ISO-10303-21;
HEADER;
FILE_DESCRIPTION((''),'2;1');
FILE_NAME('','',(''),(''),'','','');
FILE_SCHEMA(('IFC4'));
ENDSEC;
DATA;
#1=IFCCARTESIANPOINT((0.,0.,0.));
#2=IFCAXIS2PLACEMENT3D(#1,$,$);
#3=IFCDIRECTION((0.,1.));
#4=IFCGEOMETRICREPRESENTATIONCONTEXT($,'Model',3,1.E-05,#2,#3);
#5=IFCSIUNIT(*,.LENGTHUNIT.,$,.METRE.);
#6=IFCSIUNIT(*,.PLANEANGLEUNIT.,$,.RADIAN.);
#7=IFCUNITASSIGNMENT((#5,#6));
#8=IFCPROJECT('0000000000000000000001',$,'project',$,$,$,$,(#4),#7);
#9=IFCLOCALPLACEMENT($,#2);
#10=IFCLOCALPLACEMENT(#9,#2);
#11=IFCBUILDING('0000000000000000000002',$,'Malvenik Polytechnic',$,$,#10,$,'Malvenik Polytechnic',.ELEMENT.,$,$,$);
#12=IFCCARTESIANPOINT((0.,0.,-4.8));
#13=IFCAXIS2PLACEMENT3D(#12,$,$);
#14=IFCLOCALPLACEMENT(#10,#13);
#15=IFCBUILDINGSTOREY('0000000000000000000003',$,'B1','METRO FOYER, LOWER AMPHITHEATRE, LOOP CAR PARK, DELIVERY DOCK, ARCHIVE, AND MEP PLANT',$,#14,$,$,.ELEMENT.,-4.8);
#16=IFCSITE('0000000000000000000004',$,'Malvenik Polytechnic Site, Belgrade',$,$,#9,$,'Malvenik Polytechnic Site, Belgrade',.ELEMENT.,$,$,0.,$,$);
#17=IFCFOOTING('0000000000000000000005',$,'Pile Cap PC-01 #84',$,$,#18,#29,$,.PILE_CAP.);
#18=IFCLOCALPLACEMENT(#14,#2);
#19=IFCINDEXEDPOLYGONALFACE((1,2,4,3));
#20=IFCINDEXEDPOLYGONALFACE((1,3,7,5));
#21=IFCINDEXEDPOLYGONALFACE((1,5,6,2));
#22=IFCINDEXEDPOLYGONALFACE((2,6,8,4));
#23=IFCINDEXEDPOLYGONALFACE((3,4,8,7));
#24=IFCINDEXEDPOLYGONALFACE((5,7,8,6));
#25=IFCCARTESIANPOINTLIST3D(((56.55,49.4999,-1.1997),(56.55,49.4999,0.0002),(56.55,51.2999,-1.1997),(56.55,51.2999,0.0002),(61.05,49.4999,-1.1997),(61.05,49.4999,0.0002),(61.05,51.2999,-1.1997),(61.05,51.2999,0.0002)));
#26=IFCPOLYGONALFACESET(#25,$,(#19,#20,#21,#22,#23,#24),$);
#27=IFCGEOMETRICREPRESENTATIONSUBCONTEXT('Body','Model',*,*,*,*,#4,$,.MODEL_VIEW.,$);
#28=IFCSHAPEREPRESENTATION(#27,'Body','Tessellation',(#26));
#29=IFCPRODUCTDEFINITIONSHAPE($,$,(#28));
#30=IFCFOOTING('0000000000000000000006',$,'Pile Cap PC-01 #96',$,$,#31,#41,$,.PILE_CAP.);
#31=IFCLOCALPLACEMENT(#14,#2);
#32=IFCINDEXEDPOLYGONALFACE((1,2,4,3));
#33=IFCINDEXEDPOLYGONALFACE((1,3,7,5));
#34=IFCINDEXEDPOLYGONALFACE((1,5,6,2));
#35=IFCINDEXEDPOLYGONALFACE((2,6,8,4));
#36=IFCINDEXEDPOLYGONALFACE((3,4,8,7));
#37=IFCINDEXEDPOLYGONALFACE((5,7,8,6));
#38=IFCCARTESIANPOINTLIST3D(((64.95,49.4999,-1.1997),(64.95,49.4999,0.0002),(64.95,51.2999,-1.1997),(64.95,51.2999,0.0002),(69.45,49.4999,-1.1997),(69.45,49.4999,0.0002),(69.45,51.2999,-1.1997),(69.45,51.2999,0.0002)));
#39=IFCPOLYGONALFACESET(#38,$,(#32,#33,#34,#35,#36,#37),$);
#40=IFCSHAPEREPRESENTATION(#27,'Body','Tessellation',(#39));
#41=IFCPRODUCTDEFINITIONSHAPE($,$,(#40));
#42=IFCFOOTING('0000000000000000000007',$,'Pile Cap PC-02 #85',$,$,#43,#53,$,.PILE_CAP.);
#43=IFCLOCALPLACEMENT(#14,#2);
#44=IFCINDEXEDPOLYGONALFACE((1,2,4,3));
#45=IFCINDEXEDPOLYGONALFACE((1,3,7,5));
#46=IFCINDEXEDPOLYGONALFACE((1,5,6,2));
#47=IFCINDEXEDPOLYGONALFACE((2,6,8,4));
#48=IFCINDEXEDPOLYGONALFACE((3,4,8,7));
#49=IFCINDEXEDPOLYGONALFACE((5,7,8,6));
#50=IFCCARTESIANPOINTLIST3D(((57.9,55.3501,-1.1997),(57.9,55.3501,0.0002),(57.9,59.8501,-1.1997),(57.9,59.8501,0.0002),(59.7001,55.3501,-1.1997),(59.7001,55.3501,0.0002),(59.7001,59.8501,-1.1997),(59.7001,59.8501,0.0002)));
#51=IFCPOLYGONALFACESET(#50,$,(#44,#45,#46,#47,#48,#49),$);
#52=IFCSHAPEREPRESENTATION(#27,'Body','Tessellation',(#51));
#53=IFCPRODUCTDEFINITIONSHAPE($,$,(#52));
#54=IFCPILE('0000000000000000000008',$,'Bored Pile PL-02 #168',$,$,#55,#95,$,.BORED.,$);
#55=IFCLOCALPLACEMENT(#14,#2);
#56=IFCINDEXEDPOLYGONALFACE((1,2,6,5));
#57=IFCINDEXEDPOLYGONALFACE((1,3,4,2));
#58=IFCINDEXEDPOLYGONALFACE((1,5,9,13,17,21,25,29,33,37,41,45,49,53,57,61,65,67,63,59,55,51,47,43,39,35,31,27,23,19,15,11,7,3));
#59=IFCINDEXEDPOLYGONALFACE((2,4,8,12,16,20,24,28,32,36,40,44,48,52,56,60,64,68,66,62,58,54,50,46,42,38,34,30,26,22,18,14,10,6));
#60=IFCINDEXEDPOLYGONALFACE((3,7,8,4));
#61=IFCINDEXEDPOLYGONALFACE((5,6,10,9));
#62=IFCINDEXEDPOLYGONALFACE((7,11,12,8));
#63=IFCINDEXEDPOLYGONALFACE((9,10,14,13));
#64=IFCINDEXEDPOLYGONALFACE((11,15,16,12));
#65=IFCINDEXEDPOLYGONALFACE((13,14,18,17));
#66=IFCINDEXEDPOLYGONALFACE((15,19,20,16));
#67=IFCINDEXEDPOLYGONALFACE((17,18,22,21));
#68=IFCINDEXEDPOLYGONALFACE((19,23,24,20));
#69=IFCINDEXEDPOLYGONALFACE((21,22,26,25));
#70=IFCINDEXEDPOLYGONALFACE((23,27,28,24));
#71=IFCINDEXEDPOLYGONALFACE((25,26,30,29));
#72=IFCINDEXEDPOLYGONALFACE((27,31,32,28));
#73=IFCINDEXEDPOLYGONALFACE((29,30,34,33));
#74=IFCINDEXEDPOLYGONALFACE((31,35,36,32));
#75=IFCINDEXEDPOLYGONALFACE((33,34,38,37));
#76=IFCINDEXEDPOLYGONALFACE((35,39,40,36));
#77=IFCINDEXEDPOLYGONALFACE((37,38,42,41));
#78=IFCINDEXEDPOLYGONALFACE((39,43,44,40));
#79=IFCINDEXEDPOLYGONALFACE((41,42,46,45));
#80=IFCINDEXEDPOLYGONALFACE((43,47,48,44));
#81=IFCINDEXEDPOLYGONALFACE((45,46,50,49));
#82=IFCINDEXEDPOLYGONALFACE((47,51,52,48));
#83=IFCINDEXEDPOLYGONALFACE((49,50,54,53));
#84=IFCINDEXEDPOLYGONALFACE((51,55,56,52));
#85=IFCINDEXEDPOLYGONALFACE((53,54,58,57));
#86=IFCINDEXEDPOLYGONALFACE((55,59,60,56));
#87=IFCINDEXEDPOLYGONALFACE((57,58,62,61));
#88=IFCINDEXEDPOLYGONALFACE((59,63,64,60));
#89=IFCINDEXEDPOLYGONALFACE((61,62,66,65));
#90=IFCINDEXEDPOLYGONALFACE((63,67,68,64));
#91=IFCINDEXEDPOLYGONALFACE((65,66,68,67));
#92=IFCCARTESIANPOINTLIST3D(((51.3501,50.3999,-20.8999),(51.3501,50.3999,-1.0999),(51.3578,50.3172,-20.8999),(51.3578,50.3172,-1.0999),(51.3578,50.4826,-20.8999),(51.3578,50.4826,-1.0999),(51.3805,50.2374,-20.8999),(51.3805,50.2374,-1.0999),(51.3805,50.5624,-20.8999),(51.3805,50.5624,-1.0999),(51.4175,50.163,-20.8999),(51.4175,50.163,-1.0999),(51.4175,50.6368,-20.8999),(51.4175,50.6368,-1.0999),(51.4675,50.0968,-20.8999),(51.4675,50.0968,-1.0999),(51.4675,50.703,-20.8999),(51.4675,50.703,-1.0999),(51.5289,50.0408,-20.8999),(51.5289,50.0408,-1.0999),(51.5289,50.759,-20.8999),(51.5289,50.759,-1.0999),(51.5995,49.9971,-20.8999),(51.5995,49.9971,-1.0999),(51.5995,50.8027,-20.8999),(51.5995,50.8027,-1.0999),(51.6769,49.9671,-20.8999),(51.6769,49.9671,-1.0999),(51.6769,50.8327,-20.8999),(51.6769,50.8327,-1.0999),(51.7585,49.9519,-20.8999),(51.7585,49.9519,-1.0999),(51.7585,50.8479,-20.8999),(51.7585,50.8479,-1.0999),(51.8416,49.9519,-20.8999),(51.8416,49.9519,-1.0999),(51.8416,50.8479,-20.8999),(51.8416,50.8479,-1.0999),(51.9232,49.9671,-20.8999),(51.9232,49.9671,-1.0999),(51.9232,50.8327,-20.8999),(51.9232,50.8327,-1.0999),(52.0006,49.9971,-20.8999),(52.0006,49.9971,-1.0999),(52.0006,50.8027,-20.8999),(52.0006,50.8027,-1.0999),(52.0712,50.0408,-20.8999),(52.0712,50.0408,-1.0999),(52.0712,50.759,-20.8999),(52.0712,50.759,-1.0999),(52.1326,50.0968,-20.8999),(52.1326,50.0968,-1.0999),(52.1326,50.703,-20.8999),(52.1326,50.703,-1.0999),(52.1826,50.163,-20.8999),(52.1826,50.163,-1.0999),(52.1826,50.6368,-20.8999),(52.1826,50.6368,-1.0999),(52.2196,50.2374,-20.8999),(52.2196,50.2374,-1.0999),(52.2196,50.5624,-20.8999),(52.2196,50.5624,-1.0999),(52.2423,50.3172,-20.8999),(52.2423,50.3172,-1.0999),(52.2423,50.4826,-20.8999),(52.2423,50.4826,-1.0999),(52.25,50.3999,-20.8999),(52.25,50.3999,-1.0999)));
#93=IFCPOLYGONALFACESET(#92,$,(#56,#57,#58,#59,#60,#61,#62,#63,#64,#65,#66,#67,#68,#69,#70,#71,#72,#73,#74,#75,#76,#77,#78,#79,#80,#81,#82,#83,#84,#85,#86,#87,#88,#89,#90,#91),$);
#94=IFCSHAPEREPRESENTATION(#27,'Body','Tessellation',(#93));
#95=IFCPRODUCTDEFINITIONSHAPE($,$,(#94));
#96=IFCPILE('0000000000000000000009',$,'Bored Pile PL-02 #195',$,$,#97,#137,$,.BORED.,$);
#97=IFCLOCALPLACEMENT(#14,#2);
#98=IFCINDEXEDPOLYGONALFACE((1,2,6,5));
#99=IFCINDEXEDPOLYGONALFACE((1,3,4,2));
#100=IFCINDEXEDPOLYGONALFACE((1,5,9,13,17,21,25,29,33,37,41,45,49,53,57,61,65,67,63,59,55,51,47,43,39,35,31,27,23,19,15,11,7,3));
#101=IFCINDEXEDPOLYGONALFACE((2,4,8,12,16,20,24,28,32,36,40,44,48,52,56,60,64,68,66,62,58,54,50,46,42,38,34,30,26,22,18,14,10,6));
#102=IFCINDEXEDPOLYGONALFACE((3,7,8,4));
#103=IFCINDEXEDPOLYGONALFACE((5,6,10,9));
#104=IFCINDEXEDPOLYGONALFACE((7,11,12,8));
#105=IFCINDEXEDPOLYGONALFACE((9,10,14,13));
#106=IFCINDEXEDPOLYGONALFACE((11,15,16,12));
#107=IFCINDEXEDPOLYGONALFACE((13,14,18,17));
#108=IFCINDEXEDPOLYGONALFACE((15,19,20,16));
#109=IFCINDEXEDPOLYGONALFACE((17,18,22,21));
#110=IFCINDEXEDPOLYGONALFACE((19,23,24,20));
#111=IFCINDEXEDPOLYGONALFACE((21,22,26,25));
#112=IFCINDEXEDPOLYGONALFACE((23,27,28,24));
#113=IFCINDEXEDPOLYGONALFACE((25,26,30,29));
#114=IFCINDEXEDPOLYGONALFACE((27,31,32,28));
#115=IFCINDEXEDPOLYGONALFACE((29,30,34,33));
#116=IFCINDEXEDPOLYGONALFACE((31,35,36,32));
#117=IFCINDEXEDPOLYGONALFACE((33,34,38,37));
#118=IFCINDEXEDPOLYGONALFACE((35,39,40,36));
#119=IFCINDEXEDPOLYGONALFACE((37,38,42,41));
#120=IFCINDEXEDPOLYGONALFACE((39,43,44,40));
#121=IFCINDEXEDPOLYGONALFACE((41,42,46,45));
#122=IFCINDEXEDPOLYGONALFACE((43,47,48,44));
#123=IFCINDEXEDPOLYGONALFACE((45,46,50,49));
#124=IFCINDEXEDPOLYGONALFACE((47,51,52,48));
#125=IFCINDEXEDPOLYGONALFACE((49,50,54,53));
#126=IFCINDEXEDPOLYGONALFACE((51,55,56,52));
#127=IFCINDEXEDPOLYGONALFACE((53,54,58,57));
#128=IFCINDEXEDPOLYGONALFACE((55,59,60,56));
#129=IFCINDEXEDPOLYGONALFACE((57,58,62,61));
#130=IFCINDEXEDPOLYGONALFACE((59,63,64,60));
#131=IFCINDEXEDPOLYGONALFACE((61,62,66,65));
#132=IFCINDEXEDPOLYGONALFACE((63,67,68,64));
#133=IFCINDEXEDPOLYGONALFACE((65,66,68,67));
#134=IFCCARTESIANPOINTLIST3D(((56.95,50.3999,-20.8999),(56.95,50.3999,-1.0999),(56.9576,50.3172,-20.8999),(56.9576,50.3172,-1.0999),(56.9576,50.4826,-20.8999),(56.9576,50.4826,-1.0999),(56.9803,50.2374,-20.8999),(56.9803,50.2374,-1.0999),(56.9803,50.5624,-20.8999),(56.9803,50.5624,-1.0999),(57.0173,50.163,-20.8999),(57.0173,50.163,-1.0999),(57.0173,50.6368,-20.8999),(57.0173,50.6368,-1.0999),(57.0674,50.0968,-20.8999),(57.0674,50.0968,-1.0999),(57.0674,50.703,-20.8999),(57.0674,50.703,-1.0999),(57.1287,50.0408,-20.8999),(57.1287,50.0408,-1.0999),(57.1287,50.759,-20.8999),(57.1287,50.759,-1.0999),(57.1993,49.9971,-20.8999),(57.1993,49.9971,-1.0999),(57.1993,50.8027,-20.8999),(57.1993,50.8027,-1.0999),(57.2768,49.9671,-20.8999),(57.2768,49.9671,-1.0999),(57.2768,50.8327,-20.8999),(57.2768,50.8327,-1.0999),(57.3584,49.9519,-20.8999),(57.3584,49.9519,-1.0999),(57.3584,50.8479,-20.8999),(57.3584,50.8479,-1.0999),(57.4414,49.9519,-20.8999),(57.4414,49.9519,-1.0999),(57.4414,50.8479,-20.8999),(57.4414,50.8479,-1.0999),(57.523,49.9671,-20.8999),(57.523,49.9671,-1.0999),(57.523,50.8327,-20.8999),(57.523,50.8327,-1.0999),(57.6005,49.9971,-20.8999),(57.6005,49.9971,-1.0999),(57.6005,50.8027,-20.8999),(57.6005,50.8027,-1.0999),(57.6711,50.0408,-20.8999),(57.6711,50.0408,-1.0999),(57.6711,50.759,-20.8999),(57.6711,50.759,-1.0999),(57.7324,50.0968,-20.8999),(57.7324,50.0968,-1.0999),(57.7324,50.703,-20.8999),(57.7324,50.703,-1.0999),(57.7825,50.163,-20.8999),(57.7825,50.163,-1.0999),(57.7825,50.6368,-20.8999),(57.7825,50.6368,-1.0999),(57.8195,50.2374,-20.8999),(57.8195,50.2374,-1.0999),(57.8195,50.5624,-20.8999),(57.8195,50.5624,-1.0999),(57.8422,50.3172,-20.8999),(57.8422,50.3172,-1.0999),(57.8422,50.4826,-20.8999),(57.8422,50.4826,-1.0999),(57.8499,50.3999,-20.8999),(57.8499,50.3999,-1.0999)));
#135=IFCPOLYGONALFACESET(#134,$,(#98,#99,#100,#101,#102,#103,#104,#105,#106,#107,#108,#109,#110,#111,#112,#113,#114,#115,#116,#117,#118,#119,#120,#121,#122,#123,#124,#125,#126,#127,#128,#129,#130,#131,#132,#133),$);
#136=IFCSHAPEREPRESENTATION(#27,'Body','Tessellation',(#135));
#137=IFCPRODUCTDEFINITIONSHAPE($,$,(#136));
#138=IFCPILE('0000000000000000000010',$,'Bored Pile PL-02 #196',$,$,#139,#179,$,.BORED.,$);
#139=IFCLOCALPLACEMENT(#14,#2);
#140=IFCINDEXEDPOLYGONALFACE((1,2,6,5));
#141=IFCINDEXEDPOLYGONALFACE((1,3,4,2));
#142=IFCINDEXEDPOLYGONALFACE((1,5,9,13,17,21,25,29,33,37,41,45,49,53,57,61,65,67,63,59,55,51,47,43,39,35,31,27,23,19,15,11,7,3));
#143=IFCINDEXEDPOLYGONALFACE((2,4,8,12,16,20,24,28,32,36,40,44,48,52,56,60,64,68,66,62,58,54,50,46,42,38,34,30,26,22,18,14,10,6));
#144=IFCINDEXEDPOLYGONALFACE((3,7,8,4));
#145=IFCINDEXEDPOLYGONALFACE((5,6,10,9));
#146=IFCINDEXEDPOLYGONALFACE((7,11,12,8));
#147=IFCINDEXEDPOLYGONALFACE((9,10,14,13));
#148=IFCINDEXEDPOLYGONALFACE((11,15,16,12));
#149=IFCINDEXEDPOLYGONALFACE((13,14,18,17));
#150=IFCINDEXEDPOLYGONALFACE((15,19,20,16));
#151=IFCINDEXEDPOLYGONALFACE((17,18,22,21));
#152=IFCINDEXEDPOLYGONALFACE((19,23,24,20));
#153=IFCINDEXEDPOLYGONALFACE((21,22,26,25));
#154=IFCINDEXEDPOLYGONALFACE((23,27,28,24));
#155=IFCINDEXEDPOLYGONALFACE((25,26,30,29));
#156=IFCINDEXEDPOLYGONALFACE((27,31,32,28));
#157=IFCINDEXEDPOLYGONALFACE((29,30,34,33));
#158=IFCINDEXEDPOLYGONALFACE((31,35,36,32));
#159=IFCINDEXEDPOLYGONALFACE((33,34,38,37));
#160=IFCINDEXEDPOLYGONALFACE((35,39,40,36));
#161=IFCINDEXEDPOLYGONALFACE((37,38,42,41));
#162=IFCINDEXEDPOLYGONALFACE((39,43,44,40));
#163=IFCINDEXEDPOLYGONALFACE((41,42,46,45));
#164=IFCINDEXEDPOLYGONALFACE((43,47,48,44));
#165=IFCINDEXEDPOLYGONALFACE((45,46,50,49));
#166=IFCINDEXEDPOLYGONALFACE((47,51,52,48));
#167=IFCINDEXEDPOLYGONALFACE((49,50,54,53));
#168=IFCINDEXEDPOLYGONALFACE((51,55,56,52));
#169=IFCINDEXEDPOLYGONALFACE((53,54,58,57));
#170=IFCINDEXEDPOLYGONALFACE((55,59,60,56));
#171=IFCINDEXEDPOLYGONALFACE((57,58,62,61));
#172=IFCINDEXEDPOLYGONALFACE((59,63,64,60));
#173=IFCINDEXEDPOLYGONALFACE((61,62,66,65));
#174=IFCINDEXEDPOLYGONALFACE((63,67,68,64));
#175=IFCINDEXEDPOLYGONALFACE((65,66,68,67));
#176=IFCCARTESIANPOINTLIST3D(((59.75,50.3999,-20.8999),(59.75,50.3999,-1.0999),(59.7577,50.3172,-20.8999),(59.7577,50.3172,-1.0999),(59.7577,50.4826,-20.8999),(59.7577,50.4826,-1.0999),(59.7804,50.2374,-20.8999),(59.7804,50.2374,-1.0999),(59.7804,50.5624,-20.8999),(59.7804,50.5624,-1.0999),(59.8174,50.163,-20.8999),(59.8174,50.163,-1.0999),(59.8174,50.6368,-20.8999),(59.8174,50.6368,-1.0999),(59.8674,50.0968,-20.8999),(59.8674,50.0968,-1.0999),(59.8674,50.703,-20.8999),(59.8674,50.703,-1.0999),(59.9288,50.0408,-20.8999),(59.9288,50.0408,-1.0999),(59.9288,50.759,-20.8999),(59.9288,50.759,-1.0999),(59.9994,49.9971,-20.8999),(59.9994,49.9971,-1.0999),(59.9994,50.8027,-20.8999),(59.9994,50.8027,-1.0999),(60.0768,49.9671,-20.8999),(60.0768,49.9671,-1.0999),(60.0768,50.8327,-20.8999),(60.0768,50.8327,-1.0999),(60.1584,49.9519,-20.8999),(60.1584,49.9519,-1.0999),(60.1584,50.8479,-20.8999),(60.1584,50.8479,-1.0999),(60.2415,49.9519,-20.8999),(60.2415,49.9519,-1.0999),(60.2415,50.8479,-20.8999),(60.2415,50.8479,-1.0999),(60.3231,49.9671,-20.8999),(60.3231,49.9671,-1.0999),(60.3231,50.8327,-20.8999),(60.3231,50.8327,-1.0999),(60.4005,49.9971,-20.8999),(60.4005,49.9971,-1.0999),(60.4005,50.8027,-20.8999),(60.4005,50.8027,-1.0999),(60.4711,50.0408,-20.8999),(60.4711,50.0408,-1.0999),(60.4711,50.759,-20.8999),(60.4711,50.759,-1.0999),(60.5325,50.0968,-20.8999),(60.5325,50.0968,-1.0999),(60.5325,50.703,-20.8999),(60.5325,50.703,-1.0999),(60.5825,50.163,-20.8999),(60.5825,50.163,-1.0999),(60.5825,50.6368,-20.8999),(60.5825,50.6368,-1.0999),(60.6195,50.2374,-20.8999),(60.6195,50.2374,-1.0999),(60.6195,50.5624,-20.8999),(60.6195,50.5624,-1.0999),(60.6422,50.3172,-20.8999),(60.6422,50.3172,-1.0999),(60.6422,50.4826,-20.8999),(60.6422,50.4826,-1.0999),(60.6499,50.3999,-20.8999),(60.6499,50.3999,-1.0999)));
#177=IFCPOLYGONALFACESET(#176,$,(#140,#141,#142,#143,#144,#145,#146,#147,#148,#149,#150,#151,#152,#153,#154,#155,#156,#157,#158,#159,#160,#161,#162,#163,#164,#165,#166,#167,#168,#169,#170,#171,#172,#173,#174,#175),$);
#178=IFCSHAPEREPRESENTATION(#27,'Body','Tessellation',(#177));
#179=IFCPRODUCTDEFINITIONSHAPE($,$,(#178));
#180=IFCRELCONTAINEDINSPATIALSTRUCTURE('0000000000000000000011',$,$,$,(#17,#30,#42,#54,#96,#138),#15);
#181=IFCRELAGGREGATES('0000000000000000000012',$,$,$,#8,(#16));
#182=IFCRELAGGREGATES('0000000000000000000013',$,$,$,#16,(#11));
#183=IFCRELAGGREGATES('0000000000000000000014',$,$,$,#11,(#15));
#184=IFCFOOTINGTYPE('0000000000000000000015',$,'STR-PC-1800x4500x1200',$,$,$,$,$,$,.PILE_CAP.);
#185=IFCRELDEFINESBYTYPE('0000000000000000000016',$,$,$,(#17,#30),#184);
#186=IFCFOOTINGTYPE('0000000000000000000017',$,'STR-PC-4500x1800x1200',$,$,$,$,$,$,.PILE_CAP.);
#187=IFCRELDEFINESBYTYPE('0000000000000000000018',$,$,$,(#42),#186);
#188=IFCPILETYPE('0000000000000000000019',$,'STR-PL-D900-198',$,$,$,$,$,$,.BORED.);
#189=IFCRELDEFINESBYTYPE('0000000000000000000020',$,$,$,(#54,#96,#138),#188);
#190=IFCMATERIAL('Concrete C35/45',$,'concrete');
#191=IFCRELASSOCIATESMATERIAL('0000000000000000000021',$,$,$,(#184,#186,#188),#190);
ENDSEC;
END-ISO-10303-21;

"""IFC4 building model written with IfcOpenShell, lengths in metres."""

from ifc_helpers import new_model, si_unit, direction, frame, origin, origin_2d, place, context, subcontext, project, spatial, rectangle, circle, extrude, material, material_profile, profile_set, type_object, element, save


model = new_model("IFC4")

# Units and contexts
model_context = context("Model", 3, precision=1e-05, world=origin(), true_north=direction((0.0, 1.0)))
body_context = subcontext(model_context, "Body", "Model", "MODEL_VIEW")
ifc_project = project(units=[si_unit("LENGTHUNIT", "METRE"), si_unit("PLANEANGLEUNIT", "RADIAN")], contexts=[model_context])

# Site, building, storey
site_placement = place(None, origin())
site = spatial("IfcSite", under=ifc_project, at=site_placement, Name="Malvenik Polytechnic Site, Belgrade", LongName="Malvenik Polytechnic Site, Belgrade", CompositionType="ELEMENT", RefElevation=0.0)
building_placement = place(site_placement, origin())
building = spatial("IfcBuilding", under=site, at=building_placement, Name="Malvenik Polytechnic", LongName="Malvenik Polytechnic", CompositionType="ELEMENT")
storey_placement = place(building_placement, frame((0.0, 0.0, -4.8)))
storey = spatial("IfcBuildingStorey", under=building, at=storey_placement, Name="B1", Description="METRO FOYER, LOWER AMPHITHEATRE, LOOP CAR PARK, DELIVERY DOCK, ARCHIVE, AND MEP PLANT", CompositionType="ELEMENT", Elevation=-4.8)

# Footings
ifc_material_1 = material(Name="Concrete C35/45", Category="concrete")
footing_type_1 = type_object("IfcFootingType", Name="STR-PC-1800x4500x1200", PredefinedType="PILE_CAP", material=ifc_material_1)
for number, where, z_axis, x_axis, name in (
    (1, (58.8, 50.3999, -1.1997), (0.0, 0.0, 1.0), (1.0, 0.0, 0.0), "Pile Cap PC-01 #84"),
    (2, (67.2, 50.3999, -1.1997), (0.0, 0.0, 1.0), (1.0, 0.0, 0.0), "Pile Cap PC-01 #96"),
):
    element("IfcFooting", number, at=place(storey_placement, frame(where, z_axis=z_axis, x_axis=x_axis)), inside=storey, type_object=footing_type_1, Name=name, PredefinedType="PILE_CAP", context=body_context, shape_type="SweptSolid", body=[
        extrude(rectangle(XDim=4.5, YDim=1.8, at=origin_2d()), origin(), (0.0, 0.0, 1.0), 1.2),
    ])
footing_type_2 = type_object("IfcFootingType", Name="STR-PC-4500x1800x1200", PredefinedType="PILE_CAP", material=ifc_material_1)
footing_placement = place(storey_placement, frame((58.8, 57.6001, -1.1997), z_axis=(0.0, 0.0, 1.0), x_axis=(1.0, 0.0, 0.0)))
element("IfcFooting", 3, at=footing_placement, inside=storey, type_object=footing_type_2, Name="Pile Cap PC-02 #85", PredefinedType="PILE_CAP", context=body_context, shape_type="SweptSolid", body=[
    extrude(rectangle(XDim=1.8, YDim=4.5, at=origin_2d()), origin(), (0.0, 0.0, 1.0), 1.2),
])

# Piles
ifc_material_profile_1 = material_profile(ifc_material_1, circle(Radius=0.45, at=origin_2d()), Name="BORED PILE D900")
ifc_profile_set_1 = profile_set([ifc_material_profile_1], Name="Concrete C35/45")
pile_type = type_object("IfcPileType", Name="STR-PL-D900-198", PredefinedType="BORED", material=ifc_profile_set_1)
for number, where, z_axis, x_axis, name in (
    (4, (51.8, 50.3999, -1.0999), (0.0, 0.0, -1.0), (1.0, 0.0, 0.0), "Bored Pile PL-02 #168"),
    (5, (57.3999, 50.3999, -1.0999), (0.0, 0.0, -1.0), (1.0, 0.0, 0.0), "Bored Pile PL-02 #195"),
    (6, (60.2, 50.3999, -1.0999), (0.0, 0.0, -1.0), (1.0, 0.0, 0.0), "Bored Pile PL-02 #196"),
):
    element("IfcPile", number, at=place(storey_placement, frame(where, z_axis=z_axis, x_axis=x_axis)), inside=storey, type_object=pile_type, Name=name, PredefinedType="BORED", context=body_context, shape_type="SweptSolid", body=[
        extrude(circle(Radius=0.45, at=origin_2d()), origin(), (0.0, 0.0, 1.0), 19.8),
    ])

save(model, "model.ifc")
